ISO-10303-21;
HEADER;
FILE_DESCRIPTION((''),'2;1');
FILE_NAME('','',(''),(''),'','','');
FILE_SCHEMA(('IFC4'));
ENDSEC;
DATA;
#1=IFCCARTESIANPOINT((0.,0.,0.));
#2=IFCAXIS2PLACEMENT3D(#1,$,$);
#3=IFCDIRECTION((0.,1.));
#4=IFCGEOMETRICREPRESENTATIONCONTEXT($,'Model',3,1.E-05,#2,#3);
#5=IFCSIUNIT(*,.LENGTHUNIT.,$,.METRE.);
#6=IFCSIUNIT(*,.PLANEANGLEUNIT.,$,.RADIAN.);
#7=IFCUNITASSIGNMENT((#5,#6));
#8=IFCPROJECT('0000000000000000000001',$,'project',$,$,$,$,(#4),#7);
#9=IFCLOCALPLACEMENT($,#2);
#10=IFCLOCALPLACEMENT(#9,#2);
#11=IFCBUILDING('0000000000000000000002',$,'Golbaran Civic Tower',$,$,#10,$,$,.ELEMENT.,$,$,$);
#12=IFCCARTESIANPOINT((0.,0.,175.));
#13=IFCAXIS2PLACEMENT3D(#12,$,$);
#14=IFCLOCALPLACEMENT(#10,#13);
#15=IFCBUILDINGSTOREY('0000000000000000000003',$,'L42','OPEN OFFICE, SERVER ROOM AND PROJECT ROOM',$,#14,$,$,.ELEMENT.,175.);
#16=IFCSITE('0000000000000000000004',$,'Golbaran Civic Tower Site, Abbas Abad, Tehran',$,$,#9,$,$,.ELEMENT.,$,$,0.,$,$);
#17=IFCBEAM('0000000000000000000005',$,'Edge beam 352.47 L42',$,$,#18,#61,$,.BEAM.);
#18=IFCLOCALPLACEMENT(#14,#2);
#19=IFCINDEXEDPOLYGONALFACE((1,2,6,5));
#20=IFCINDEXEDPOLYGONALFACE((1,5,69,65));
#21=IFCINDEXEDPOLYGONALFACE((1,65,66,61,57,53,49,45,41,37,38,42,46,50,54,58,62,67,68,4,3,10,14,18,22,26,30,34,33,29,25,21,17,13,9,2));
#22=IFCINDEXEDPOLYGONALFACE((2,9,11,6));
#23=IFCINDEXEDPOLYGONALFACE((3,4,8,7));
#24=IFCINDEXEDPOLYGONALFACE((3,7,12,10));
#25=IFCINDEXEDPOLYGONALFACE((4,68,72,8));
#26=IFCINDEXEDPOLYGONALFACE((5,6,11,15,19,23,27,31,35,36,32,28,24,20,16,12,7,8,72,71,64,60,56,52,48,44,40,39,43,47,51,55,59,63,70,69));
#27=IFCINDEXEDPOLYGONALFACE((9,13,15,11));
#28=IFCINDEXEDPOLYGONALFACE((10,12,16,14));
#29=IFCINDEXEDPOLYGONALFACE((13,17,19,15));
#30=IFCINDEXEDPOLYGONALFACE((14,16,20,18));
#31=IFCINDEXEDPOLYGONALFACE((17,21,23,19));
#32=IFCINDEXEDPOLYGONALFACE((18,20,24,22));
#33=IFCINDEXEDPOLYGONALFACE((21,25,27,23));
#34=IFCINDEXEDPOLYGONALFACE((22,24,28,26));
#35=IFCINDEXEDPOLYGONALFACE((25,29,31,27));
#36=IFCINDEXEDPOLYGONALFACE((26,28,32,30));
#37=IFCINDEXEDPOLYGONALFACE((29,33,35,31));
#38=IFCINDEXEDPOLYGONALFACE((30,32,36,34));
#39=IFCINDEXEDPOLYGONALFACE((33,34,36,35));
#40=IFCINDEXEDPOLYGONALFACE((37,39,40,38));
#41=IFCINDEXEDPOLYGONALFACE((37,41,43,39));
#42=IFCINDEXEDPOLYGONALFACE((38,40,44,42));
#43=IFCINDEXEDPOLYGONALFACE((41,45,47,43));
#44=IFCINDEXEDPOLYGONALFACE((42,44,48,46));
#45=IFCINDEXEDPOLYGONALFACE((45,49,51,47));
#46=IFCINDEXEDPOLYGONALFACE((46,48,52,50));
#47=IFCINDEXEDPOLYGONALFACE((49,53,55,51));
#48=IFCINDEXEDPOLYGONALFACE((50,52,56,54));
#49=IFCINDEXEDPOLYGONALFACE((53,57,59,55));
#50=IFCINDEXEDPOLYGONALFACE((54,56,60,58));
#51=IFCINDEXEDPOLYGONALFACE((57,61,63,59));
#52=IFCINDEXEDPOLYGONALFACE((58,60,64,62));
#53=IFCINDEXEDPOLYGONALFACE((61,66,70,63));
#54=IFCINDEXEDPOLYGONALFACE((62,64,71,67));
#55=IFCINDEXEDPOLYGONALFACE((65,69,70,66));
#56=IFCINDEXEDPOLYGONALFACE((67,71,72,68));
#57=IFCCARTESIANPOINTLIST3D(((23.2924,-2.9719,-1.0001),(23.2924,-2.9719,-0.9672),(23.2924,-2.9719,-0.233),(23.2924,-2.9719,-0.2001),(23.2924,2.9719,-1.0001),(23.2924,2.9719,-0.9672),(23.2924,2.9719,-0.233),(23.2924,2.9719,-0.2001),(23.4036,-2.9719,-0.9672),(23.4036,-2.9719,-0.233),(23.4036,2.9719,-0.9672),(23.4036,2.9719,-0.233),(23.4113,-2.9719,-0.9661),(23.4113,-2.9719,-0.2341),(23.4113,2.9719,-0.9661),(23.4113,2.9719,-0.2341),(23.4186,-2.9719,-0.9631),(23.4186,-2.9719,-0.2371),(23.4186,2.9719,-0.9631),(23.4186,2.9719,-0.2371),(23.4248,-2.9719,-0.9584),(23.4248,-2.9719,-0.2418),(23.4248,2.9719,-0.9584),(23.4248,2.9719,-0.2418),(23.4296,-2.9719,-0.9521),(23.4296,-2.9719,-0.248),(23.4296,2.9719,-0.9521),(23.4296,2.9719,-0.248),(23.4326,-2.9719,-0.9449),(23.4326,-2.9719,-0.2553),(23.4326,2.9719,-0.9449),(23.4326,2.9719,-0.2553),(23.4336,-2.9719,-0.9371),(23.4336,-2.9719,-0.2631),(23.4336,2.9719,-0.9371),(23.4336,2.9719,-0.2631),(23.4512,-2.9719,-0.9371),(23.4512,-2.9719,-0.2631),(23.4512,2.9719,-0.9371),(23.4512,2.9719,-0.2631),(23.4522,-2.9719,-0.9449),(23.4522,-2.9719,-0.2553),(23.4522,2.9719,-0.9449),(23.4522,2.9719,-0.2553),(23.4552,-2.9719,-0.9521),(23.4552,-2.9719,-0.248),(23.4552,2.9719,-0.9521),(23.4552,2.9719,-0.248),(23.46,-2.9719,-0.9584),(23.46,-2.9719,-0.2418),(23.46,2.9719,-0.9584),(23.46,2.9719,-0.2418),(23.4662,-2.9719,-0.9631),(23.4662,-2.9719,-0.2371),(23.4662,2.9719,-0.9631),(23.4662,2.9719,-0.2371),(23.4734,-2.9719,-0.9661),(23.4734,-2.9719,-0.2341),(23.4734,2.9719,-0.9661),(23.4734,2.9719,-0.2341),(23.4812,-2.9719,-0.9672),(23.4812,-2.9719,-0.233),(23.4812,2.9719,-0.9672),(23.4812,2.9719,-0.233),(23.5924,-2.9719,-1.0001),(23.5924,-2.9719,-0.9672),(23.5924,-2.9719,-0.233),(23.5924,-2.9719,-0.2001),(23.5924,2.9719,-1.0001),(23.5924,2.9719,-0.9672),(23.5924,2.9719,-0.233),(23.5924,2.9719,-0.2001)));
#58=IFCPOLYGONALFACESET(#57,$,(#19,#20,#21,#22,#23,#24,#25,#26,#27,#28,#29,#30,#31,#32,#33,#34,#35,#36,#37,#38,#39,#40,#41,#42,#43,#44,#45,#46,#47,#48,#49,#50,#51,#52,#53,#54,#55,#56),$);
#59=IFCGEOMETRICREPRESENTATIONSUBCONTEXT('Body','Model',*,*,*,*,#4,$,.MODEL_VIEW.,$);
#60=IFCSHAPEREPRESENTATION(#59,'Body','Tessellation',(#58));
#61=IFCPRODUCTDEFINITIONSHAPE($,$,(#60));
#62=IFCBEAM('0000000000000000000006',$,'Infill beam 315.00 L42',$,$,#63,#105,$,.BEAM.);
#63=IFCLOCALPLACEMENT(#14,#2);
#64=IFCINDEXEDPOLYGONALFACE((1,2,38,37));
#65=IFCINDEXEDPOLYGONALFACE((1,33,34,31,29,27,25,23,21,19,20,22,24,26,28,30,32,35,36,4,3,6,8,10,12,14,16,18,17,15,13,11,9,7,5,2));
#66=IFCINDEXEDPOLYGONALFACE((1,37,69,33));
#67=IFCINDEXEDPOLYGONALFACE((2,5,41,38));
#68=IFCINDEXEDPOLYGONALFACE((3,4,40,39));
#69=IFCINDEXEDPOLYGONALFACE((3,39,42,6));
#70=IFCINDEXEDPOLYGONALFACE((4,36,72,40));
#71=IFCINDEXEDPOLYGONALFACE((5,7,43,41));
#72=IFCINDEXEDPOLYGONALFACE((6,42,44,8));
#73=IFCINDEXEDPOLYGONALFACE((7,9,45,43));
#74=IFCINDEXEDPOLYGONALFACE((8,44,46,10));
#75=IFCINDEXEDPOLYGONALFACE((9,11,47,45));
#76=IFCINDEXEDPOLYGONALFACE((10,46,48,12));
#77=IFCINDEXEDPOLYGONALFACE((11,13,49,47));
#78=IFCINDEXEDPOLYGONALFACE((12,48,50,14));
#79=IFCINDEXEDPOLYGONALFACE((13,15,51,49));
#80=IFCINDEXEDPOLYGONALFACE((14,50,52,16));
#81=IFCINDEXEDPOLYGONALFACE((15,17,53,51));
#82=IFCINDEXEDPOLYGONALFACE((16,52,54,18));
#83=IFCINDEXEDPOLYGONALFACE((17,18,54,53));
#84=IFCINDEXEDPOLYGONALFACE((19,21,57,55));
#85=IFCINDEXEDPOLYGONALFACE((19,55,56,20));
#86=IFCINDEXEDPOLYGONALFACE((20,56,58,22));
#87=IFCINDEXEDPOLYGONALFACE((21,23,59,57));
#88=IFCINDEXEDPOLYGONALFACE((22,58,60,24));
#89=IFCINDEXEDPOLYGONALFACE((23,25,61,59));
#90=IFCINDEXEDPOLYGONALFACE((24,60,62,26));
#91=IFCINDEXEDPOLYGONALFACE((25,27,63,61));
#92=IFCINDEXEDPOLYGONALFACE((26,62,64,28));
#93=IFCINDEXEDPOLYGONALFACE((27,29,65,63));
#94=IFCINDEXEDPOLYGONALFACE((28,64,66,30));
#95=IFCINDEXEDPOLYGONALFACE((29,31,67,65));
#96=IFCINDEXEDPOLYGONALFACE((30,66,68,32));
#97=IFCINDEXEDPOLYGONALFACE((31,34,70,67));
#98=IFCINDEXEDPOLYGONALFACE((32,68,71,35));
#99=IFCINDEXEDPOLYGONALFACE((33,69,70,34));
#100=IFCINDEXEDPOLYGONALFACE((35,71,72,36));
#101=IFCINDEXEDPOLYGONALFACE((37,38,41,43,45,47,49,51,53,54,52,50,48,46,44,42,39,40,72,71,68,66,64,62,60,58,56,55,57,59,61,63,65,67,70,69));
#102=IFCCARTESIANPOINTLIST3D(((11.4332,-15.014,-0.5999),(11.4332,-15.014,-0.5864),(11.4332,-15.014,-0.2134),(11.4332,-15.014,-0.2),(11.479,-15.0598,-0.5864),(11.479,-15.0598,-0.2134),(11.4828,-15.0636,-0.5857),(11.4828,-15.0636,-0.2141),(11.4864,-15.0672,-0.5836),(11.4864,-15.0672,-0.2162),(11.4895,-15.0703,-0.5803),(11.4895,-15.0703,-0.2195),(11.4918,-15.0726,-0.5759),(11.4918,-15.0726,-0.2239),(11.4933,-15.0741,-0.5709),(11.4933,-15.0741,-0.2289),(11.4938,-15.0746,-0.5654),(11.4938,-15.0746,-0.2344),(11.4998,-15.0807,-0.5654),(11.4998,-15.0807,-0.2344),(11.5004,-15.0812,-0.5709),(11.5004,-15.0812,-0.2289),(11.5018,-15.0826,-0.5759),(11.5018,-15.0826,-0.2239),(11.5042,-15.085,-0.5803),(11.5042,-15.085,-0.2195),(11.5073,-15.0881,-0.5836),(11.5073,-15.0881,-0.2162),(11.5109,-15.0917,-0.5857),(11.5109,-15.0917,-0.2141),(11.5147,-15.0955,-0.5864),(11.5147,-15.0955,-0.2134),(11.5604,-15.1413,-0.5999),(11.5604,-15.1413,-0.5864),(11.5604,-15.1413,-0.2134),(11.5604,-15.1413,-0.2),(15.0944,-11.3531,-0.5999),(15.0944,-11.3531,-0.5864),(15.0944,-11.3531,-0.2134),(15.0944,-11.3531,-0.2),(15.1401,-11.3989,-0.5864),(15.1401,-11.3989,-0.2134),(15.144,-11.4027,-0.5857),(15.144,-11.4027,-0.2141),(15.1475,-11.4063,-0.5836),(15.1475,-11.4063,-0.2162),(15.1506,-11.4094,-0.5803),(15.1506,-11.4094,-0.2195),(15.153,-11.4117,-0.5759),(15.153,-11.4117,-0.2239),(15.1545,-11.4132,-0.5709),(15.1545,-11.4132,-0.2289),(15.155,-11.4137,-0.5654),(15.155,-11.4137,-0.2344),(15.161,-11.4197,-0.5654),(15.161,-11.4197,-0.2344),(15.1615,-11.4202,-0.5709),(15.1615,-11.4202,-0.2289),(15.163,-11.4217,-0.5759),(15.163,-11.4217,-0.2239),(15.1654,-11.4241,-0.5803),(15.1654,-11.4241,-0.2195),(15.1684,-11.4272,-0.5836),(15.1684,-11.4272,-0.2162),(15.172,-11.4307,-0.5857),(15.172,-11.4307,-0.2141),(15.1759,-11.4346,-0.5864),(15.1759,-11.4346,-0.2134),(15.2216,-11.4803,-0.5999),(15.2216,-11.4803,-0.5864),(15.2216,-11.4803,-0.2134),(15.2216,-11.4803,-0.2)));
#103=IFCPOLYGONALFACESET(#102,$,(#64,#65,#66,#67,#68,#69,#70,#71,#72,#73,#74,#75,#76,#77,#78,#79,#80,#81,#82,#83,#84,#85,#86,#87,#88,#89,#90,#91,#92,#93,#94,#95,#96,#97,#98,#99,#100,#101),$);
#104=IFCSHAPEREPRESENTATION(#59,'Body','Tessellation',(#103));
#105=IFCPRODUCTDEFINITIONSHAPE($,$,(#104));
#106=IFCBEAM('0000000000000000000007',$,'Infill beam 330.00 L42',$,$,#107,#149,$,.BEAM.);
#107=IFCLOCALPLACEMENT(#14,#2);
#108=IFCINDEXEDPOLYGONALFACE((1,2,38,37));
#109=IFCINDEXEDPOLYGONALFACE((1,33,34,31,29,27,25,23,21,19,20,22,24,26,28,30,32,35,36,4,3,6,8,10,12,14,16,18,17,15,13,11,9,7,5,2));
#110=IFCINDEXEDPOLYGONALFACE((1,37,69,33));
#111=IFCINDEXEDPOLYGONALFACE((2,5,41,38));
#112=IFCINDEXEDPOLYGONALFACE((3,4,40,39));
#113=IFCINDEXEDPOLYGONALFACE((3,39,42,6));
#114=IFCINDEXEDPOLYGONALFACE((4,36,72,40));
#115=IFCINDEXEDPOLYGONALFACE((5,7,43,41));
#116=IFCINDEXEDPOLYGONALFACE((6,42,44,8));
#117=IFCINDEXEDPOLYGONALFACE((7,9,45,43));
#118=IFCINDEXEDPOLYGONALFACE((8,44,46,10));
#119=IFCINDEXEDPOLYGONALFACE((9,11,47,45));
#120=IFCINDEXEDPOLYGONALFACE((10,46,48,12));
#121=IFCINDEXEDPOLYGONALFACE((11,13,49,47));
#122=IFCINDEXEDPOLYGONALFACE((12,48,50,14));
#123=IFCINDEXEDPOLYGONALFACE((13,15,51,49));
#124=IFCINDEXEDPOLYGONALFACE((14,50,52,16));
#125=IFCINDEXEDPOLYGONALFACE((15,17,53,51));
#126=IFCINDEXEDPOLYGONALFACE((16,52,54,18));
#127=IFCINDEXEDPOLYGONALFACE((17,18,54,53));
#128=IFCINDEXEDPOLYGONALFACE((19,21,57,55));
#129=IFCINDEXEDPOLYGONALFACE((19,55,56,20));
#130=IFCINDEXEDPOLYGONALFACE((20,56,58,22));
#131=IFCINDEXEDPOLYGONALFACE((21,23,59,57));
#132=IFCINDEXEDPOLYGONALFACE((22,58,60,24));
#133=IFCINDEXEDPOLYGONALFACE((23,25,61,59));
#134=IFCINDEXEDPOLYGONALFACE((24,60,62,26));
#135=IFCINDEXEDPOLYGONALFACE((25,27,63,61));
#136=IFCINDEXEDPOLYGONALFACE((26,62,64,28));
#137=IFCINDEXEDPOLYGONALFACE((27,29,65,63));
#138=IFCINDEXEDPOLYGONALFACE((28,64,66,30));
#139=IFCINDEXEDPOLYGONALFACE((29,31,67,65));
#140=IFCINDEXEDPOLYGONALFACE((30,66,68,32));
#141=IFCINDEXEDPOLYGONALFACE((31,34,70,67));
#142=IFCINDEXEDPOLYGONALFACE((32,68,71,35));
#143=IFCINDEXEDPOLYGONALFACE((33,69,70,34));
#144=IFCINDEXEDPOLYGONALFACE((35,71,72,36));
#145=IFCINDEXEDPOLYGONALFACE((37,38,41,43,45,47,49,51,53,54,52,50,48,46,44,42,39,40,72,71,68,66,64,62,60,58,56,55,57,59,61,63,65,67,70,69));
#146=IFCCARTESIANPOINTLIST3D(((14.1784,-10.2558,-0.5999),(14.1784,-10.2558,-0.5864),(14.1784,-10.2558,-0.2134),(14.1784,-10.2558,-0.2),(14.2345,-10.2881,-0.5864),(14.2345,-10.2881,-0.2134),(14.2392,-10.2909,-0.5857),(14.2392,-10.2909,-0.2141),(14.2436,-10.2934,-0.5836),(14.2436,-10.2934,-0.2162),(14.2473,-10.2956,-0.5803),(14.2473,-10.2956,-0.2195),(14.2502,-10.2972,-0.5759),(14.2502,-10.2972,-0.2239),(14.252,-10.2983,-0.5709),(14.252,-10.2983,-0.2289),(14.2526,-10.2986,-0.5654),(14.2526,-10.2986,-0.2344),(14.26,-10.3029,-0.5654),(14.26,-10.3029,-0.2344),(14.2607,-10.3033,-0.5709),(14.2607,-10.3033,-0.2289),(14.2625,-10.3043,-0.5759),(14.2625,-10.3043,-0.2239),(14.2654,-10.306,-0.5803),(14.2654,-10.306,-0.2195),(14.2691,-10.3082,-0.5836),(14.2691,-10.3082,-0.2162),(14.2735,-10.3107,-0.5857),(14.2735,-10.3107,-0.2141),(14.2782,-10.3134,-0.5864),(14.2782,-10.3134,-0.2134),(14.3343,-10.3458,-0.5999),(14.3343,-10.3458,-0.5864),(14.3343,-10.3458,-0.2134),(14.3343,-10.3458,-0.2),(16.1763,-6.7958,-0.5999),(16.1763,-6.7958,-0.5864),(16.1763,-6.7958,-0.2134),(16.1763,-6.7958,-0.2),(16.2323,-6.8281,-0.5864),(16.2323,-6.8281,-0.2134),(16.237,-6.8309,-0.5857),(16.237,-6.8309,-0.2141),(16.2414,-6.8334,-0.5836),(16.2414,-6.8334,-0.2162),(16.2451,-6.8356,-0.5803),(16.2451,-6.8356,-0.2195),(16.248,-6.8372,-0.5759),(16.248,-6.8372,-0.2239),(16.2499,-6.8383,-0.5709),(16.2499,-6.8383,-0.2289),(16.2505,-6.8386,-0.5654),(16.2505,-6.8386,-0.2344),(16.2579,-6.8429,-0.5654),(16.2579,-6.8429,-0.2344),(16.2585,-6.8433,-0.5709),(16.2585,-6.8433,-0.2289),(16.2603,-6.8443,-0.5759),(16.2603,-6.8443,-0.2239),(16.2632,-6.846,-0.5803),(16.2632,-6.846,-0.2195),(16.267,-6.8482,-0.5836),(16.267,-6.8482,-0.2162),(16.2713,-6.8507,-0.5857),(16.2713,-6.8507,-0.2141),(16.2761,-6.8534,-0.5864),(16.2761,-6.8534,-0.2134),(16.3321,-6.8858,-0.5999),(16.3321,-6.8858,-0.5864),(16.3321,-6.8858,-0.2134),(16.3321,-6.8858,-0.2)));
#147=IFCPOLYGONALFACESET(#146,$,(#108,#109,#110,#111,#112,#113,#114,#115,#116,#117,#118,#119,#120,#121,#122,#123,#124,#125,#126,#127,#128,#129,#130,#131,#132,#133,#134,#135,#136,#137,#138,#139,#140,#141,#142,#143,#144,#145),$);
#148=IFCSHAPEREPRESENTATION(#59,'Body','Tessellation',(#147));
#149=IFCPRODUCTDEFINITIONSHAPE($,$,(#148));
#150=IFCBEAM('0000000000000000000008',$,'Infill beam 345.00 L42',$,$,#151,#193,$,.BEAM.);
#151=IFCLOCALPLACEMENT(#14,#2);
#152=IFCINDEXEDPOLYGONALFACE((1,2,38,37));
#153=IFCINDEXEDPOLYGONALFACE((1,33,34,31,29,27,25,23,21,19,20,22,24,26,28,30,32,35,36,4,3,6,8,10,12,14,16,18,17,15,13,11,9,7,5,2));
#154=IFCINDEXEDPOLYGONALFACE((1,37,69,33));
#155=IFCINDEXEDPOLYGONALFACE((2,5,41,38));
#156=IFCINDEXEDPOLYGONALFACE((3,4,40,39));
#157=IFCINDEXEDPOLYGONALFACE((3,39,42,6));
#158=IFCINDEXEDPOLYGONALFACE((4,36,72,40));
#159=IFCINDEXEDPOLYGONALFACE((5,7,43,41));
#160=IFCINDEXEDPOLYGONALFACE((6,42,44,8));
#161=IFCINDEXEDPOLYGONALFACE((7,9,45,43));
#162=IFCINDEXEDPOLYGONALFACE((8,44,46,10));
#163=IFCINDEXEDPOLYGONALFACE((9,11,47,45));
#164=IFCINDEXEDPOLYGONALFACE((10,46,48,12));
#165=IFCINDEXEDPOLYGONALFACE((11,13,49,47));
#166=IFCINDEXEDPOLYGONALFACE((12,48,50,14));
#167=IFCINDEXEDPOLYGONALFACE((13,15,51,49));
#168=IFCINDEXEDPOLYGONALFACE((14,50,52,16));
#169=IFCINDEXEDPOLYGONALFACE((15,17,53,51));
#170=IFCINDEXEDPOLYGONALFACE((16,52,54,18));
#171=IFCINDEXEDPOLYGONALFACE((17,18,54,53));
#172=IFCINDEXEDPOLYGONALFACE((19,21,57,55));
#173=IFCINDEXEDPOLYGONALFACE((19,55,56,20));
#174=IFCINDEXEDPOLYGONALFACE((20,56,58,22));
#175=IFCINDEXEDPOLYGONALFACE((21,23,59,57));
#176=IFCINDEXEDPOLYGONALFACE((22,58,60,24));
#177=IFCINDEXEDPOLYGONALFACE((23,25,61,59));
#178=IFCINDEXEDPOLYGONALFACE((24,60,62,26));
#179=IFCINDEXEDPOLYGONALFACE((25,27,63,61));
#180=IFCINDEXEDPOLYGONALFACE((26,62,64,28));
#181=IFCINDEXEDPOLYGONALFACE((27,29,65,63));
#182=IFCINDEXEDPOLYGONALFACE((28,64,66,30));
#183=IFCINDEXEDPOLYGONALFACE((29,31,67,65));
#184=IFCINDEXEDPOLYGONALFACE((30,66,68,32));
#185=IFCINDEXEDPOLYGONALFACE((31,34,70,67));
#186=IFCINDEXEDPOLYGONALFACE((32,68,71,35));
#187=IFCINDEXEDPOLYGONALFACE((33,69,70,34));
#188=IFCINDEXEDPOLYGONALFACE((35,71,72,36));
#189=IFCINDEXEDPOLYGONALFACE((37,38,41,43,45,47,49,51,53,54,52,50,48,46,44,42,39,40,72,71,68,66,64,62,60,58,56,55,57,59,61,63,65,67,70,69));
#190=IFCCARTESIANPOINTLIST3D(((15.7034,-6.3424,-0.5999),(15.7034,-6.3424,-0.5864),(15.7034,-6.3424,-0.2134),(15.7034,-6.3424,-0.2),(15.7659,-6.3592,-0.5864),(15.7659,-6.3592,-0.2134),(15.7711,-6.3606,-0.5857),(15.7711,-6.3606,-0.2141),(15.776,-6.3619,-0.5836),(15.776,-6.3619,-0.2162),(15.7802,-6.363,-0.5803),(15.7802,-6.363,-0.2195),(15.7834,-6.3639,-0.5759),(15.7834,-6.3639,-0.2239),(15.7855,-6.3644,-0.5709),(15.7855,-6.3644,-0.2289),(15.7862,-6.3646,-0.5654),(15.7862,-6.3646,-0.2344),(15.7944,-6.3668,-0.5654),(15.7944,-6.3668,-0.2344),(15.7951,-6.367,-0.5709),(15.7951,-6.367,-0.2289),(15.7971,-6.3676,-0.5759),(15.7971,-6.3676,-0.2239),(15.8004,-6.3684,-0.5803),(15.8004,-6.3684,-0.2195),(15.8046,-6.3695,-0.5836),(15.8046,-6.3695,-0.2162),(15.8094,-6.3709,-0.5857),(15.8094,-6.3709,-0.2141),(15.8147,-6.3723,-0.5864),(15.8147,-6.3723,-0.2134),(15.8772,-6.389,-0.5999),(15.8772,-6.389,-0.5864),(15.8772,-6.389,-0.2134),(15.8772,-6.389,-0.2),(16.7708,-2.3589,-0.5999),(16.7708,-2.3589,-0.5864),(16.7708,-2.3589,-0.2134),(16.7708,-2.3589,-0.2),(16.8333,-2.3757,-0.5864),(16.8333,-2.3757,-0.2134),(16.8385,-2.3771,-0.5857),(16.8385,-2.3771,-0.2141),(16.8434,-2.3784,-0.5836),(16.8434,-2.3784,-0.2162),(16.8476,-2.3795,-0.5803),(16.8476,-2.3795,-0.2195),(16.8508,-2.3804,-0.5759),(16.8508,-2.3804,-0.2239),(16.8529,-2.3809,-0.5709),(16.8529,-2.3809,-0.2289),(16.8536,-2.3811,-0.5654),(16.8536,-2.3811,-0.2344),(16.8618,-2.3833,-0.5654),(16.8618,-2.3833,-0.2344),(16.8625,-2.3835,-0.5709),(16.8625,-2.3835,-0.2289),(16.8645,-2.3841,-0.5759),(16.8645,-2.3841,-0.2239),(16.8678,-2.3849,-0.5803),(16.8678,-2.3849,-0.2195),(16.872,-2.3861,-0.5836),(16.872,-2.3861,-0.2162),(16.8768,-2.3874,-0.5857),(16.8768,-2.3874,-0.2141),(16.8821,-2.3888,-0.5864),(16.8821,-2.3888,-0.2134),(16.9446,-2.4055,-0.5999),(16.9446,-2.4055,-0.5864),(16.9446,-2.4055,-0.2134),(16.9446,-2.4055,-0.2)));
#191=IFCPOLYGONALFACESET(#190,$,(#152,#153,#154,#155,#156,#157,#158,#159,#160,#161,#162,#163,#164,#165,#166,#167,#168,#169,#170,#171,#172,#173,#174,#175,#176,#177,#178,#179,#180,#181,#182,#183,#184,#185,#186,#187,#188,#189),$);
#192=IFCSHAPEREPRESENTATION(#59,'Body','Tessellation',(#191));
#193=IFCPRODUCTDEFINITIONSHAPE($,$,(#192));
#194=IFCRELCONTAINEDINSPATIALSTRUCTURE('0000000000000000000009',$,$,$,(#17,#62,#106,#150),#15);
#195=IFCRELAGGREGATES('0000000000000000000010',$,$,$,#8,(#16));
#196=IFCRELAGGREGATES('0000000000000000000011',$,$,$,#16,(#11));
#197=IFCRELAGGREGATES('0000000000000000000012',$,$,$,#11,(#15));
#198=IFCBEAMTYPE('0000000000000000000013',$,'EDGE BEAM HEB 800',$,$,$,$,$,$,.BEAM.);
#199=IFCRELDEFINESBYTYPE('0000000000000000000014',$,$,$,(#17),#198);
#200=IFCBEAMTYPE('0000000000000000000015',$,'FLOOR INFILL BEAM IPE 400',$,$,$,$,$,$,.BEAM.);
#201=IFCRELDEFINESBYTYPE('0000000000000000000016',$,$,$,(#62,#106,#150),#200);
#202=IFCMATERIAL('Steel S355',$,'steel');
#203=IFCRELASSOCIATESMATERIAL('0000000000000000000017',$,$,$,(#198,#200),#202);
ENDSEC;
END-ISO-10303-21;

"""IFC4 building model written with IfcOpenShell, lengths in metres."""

from ifc_helpers import new_model, si_unit, direction, frame, origin, origin_2d, place, context, subcontext, project, spatial, i_section, extrude, material, material_profile, profile_set, type_object, element, save


model = new_model("IFC4")

# Units and contexts
model_context = context("Model", 3, precision=1e-05, world=origin(), true_north=direction((0.0, 1.0)))
body_context = subcontext(model_context, "Body", "Model", "MODEL_VIEW")
ifc_project = project(units=[si_unit("LENGTHUNIT", "METRE"), si_unit("PLANEANGLEUNIT", "RADIAN")], contexts=[model_context])

# Site, building, storey
site_placement = place(None, origin())
site = spatial("IfcSite", under=ifc_project, at=site_placement, Name="Golbaran Civic Tower Site, Abbas Abad, Tehran", CompositionType="ELEMENT", RefElevation=0.0)
building_placement = place(site_placement, origin())
building = spatial("IfcBuilding", under=site, at=building_placement, Name="Golbaran Civic Tower", CompositionType="ELEMENT")
storey_placement = place(building_placement, frame((0.0, 0.0, 175.0)))
storey = spatial("IfcBuildingStorey", under=building, at=storey_placement, Name="L42", Description="OPEN OFFICE, SERVER ROOM AND PROJECT ROOM", CompositionType="ELEMENT", Elevation=175.0)

# Beams
ifc_material_1 = material(Name="Steel S355", Category="steel")
ifc_material_profile_1 = material_profile(ifc_material_1, i_section(OverallWidth=0.3, OverallDepth=0.8, WebThickness=0.0176, FlangeThickness=0.033, FilletRadius=0.03, at=origin_2d()), Name="HEB 800")
ifc_profile_set_1 = profile_set([ifc_material_profile_1], Name="Steel S355")
beam_type_1 = type_object("IfcBeamType", Name="EDGE BEAM HEB 800", PredefinedType="BEAM", material=ifc_profile_set_1)
beam_1_placement = place(storey_placement, frame((23.4424, -2.9719, -0.6001), z_axis=(0.0, 1.0, 0.0), x_axis=(-1.0, 0.0, 0.0)))
element("IfcBeam", 1, at=beam_1_placement, inside=storey, type_object=beam_type_1, Name="Edge beam 352.47 L42", PredefinedType="BEAM", context=body_context, shape_type="SweptSolid", body=[
    extrude(i_section(OverallWidth=0.3, OverallDepth=0.8, WebThickness=0.0176, FlangeThickness=0.033, FilletRadius=0.03, at=origin_2d()), origin(), (0.0, 0.0, 1.0), 5.9438),
])
ifc_material_profile_2 = material_profile(ifc_material_1, i_section(OverallWidth=0.1799, OverallDepth=0.3999, WebThickness=0.0085, FlangeThickness=0.0134, FilletRadius=0.021, at=origin_2d()), Name="IPE 400")
ifc_profile_set_2 = profile_set([ifc_material_profile_2], Name="Steel S355")
beam_type_2 = type_object("IfcBeamType", Name="FLOOR INFILL BEAM IPE 400", PredefinedType="BEAM", material=ifc_profile_set_2)
beam_2_placement = place(storey_placement, frame((11.4968, -15.0776, -0.3999), z_axis=(0.70713, 0.707083, 0.0), x_axis=(-0.707083, 0.70713, 0.0)))
element("IfcBeam", 2, at=beam_2_placement, inside=storey, type_object=beam_type_2, Name="Infill beam 315.00 L42", PredefinedType="BEAM", context=body_context, shape_type="SweptSolid", body=[
    extrude(i_section(OverallWidth=0.1799, OverallDepth=0.3999, WebThickness=0.0085, FlangeThickness=0.0134, FilletRadius=0.021, at=origin_2d()), origin(), (0.0, 0.0, 1.0), 5.1775),
])
beam_3_placement = place(storey_placement, frame((14.2563, -10.3008, -0.3999), z_axis=(0.500036, 0.866004, 0.0), x_axis=(-0.866004, 0.500036, 0.0)))
element("IfcBeam", 3, at=beam_3_placement, inside=storey, type_object=beam_type_2, Name="Infill beam 330.00 L42", PredefinedType="BEAM", context=body_context, shape_type="SweptSolid", body=[
    extrude(i_section(OverallWidth=0.1799, OverallDepth=0.3999, WebThickness=0.0085, FlangeThickness=0.0134, FilletRadius=0.021, at=origin_2d()), origin(), (0.0, 0.0, 1.0), 3.9954),
])
beam_4_placement = place(storey_placement, frame((15.7903, -6.3657, -0.3999), z_axis=(0.258827, 0.965924, 0.0), x_axis=(-0.965924, 0.258827, 0.0)))
element("IfcBeam", 4, at=beam_4_placement, inside=storey, type_object=beam_type_2, Name="Infill beam 345.00 L42", PredefinedType="BEAM", context=body_context, shape_type="SweptSolid", body=[
    extrude(i_section(OverallWidth=0.1799, OverallDepth=0.3999, WebThickness=0.0085, FlangeThickness=0.0134, FilletRadius=0.021, at=origin_2d()), origin(), (0.0, 0.0, 1.0), 4.124),
])

save(model, "model.ifc")
